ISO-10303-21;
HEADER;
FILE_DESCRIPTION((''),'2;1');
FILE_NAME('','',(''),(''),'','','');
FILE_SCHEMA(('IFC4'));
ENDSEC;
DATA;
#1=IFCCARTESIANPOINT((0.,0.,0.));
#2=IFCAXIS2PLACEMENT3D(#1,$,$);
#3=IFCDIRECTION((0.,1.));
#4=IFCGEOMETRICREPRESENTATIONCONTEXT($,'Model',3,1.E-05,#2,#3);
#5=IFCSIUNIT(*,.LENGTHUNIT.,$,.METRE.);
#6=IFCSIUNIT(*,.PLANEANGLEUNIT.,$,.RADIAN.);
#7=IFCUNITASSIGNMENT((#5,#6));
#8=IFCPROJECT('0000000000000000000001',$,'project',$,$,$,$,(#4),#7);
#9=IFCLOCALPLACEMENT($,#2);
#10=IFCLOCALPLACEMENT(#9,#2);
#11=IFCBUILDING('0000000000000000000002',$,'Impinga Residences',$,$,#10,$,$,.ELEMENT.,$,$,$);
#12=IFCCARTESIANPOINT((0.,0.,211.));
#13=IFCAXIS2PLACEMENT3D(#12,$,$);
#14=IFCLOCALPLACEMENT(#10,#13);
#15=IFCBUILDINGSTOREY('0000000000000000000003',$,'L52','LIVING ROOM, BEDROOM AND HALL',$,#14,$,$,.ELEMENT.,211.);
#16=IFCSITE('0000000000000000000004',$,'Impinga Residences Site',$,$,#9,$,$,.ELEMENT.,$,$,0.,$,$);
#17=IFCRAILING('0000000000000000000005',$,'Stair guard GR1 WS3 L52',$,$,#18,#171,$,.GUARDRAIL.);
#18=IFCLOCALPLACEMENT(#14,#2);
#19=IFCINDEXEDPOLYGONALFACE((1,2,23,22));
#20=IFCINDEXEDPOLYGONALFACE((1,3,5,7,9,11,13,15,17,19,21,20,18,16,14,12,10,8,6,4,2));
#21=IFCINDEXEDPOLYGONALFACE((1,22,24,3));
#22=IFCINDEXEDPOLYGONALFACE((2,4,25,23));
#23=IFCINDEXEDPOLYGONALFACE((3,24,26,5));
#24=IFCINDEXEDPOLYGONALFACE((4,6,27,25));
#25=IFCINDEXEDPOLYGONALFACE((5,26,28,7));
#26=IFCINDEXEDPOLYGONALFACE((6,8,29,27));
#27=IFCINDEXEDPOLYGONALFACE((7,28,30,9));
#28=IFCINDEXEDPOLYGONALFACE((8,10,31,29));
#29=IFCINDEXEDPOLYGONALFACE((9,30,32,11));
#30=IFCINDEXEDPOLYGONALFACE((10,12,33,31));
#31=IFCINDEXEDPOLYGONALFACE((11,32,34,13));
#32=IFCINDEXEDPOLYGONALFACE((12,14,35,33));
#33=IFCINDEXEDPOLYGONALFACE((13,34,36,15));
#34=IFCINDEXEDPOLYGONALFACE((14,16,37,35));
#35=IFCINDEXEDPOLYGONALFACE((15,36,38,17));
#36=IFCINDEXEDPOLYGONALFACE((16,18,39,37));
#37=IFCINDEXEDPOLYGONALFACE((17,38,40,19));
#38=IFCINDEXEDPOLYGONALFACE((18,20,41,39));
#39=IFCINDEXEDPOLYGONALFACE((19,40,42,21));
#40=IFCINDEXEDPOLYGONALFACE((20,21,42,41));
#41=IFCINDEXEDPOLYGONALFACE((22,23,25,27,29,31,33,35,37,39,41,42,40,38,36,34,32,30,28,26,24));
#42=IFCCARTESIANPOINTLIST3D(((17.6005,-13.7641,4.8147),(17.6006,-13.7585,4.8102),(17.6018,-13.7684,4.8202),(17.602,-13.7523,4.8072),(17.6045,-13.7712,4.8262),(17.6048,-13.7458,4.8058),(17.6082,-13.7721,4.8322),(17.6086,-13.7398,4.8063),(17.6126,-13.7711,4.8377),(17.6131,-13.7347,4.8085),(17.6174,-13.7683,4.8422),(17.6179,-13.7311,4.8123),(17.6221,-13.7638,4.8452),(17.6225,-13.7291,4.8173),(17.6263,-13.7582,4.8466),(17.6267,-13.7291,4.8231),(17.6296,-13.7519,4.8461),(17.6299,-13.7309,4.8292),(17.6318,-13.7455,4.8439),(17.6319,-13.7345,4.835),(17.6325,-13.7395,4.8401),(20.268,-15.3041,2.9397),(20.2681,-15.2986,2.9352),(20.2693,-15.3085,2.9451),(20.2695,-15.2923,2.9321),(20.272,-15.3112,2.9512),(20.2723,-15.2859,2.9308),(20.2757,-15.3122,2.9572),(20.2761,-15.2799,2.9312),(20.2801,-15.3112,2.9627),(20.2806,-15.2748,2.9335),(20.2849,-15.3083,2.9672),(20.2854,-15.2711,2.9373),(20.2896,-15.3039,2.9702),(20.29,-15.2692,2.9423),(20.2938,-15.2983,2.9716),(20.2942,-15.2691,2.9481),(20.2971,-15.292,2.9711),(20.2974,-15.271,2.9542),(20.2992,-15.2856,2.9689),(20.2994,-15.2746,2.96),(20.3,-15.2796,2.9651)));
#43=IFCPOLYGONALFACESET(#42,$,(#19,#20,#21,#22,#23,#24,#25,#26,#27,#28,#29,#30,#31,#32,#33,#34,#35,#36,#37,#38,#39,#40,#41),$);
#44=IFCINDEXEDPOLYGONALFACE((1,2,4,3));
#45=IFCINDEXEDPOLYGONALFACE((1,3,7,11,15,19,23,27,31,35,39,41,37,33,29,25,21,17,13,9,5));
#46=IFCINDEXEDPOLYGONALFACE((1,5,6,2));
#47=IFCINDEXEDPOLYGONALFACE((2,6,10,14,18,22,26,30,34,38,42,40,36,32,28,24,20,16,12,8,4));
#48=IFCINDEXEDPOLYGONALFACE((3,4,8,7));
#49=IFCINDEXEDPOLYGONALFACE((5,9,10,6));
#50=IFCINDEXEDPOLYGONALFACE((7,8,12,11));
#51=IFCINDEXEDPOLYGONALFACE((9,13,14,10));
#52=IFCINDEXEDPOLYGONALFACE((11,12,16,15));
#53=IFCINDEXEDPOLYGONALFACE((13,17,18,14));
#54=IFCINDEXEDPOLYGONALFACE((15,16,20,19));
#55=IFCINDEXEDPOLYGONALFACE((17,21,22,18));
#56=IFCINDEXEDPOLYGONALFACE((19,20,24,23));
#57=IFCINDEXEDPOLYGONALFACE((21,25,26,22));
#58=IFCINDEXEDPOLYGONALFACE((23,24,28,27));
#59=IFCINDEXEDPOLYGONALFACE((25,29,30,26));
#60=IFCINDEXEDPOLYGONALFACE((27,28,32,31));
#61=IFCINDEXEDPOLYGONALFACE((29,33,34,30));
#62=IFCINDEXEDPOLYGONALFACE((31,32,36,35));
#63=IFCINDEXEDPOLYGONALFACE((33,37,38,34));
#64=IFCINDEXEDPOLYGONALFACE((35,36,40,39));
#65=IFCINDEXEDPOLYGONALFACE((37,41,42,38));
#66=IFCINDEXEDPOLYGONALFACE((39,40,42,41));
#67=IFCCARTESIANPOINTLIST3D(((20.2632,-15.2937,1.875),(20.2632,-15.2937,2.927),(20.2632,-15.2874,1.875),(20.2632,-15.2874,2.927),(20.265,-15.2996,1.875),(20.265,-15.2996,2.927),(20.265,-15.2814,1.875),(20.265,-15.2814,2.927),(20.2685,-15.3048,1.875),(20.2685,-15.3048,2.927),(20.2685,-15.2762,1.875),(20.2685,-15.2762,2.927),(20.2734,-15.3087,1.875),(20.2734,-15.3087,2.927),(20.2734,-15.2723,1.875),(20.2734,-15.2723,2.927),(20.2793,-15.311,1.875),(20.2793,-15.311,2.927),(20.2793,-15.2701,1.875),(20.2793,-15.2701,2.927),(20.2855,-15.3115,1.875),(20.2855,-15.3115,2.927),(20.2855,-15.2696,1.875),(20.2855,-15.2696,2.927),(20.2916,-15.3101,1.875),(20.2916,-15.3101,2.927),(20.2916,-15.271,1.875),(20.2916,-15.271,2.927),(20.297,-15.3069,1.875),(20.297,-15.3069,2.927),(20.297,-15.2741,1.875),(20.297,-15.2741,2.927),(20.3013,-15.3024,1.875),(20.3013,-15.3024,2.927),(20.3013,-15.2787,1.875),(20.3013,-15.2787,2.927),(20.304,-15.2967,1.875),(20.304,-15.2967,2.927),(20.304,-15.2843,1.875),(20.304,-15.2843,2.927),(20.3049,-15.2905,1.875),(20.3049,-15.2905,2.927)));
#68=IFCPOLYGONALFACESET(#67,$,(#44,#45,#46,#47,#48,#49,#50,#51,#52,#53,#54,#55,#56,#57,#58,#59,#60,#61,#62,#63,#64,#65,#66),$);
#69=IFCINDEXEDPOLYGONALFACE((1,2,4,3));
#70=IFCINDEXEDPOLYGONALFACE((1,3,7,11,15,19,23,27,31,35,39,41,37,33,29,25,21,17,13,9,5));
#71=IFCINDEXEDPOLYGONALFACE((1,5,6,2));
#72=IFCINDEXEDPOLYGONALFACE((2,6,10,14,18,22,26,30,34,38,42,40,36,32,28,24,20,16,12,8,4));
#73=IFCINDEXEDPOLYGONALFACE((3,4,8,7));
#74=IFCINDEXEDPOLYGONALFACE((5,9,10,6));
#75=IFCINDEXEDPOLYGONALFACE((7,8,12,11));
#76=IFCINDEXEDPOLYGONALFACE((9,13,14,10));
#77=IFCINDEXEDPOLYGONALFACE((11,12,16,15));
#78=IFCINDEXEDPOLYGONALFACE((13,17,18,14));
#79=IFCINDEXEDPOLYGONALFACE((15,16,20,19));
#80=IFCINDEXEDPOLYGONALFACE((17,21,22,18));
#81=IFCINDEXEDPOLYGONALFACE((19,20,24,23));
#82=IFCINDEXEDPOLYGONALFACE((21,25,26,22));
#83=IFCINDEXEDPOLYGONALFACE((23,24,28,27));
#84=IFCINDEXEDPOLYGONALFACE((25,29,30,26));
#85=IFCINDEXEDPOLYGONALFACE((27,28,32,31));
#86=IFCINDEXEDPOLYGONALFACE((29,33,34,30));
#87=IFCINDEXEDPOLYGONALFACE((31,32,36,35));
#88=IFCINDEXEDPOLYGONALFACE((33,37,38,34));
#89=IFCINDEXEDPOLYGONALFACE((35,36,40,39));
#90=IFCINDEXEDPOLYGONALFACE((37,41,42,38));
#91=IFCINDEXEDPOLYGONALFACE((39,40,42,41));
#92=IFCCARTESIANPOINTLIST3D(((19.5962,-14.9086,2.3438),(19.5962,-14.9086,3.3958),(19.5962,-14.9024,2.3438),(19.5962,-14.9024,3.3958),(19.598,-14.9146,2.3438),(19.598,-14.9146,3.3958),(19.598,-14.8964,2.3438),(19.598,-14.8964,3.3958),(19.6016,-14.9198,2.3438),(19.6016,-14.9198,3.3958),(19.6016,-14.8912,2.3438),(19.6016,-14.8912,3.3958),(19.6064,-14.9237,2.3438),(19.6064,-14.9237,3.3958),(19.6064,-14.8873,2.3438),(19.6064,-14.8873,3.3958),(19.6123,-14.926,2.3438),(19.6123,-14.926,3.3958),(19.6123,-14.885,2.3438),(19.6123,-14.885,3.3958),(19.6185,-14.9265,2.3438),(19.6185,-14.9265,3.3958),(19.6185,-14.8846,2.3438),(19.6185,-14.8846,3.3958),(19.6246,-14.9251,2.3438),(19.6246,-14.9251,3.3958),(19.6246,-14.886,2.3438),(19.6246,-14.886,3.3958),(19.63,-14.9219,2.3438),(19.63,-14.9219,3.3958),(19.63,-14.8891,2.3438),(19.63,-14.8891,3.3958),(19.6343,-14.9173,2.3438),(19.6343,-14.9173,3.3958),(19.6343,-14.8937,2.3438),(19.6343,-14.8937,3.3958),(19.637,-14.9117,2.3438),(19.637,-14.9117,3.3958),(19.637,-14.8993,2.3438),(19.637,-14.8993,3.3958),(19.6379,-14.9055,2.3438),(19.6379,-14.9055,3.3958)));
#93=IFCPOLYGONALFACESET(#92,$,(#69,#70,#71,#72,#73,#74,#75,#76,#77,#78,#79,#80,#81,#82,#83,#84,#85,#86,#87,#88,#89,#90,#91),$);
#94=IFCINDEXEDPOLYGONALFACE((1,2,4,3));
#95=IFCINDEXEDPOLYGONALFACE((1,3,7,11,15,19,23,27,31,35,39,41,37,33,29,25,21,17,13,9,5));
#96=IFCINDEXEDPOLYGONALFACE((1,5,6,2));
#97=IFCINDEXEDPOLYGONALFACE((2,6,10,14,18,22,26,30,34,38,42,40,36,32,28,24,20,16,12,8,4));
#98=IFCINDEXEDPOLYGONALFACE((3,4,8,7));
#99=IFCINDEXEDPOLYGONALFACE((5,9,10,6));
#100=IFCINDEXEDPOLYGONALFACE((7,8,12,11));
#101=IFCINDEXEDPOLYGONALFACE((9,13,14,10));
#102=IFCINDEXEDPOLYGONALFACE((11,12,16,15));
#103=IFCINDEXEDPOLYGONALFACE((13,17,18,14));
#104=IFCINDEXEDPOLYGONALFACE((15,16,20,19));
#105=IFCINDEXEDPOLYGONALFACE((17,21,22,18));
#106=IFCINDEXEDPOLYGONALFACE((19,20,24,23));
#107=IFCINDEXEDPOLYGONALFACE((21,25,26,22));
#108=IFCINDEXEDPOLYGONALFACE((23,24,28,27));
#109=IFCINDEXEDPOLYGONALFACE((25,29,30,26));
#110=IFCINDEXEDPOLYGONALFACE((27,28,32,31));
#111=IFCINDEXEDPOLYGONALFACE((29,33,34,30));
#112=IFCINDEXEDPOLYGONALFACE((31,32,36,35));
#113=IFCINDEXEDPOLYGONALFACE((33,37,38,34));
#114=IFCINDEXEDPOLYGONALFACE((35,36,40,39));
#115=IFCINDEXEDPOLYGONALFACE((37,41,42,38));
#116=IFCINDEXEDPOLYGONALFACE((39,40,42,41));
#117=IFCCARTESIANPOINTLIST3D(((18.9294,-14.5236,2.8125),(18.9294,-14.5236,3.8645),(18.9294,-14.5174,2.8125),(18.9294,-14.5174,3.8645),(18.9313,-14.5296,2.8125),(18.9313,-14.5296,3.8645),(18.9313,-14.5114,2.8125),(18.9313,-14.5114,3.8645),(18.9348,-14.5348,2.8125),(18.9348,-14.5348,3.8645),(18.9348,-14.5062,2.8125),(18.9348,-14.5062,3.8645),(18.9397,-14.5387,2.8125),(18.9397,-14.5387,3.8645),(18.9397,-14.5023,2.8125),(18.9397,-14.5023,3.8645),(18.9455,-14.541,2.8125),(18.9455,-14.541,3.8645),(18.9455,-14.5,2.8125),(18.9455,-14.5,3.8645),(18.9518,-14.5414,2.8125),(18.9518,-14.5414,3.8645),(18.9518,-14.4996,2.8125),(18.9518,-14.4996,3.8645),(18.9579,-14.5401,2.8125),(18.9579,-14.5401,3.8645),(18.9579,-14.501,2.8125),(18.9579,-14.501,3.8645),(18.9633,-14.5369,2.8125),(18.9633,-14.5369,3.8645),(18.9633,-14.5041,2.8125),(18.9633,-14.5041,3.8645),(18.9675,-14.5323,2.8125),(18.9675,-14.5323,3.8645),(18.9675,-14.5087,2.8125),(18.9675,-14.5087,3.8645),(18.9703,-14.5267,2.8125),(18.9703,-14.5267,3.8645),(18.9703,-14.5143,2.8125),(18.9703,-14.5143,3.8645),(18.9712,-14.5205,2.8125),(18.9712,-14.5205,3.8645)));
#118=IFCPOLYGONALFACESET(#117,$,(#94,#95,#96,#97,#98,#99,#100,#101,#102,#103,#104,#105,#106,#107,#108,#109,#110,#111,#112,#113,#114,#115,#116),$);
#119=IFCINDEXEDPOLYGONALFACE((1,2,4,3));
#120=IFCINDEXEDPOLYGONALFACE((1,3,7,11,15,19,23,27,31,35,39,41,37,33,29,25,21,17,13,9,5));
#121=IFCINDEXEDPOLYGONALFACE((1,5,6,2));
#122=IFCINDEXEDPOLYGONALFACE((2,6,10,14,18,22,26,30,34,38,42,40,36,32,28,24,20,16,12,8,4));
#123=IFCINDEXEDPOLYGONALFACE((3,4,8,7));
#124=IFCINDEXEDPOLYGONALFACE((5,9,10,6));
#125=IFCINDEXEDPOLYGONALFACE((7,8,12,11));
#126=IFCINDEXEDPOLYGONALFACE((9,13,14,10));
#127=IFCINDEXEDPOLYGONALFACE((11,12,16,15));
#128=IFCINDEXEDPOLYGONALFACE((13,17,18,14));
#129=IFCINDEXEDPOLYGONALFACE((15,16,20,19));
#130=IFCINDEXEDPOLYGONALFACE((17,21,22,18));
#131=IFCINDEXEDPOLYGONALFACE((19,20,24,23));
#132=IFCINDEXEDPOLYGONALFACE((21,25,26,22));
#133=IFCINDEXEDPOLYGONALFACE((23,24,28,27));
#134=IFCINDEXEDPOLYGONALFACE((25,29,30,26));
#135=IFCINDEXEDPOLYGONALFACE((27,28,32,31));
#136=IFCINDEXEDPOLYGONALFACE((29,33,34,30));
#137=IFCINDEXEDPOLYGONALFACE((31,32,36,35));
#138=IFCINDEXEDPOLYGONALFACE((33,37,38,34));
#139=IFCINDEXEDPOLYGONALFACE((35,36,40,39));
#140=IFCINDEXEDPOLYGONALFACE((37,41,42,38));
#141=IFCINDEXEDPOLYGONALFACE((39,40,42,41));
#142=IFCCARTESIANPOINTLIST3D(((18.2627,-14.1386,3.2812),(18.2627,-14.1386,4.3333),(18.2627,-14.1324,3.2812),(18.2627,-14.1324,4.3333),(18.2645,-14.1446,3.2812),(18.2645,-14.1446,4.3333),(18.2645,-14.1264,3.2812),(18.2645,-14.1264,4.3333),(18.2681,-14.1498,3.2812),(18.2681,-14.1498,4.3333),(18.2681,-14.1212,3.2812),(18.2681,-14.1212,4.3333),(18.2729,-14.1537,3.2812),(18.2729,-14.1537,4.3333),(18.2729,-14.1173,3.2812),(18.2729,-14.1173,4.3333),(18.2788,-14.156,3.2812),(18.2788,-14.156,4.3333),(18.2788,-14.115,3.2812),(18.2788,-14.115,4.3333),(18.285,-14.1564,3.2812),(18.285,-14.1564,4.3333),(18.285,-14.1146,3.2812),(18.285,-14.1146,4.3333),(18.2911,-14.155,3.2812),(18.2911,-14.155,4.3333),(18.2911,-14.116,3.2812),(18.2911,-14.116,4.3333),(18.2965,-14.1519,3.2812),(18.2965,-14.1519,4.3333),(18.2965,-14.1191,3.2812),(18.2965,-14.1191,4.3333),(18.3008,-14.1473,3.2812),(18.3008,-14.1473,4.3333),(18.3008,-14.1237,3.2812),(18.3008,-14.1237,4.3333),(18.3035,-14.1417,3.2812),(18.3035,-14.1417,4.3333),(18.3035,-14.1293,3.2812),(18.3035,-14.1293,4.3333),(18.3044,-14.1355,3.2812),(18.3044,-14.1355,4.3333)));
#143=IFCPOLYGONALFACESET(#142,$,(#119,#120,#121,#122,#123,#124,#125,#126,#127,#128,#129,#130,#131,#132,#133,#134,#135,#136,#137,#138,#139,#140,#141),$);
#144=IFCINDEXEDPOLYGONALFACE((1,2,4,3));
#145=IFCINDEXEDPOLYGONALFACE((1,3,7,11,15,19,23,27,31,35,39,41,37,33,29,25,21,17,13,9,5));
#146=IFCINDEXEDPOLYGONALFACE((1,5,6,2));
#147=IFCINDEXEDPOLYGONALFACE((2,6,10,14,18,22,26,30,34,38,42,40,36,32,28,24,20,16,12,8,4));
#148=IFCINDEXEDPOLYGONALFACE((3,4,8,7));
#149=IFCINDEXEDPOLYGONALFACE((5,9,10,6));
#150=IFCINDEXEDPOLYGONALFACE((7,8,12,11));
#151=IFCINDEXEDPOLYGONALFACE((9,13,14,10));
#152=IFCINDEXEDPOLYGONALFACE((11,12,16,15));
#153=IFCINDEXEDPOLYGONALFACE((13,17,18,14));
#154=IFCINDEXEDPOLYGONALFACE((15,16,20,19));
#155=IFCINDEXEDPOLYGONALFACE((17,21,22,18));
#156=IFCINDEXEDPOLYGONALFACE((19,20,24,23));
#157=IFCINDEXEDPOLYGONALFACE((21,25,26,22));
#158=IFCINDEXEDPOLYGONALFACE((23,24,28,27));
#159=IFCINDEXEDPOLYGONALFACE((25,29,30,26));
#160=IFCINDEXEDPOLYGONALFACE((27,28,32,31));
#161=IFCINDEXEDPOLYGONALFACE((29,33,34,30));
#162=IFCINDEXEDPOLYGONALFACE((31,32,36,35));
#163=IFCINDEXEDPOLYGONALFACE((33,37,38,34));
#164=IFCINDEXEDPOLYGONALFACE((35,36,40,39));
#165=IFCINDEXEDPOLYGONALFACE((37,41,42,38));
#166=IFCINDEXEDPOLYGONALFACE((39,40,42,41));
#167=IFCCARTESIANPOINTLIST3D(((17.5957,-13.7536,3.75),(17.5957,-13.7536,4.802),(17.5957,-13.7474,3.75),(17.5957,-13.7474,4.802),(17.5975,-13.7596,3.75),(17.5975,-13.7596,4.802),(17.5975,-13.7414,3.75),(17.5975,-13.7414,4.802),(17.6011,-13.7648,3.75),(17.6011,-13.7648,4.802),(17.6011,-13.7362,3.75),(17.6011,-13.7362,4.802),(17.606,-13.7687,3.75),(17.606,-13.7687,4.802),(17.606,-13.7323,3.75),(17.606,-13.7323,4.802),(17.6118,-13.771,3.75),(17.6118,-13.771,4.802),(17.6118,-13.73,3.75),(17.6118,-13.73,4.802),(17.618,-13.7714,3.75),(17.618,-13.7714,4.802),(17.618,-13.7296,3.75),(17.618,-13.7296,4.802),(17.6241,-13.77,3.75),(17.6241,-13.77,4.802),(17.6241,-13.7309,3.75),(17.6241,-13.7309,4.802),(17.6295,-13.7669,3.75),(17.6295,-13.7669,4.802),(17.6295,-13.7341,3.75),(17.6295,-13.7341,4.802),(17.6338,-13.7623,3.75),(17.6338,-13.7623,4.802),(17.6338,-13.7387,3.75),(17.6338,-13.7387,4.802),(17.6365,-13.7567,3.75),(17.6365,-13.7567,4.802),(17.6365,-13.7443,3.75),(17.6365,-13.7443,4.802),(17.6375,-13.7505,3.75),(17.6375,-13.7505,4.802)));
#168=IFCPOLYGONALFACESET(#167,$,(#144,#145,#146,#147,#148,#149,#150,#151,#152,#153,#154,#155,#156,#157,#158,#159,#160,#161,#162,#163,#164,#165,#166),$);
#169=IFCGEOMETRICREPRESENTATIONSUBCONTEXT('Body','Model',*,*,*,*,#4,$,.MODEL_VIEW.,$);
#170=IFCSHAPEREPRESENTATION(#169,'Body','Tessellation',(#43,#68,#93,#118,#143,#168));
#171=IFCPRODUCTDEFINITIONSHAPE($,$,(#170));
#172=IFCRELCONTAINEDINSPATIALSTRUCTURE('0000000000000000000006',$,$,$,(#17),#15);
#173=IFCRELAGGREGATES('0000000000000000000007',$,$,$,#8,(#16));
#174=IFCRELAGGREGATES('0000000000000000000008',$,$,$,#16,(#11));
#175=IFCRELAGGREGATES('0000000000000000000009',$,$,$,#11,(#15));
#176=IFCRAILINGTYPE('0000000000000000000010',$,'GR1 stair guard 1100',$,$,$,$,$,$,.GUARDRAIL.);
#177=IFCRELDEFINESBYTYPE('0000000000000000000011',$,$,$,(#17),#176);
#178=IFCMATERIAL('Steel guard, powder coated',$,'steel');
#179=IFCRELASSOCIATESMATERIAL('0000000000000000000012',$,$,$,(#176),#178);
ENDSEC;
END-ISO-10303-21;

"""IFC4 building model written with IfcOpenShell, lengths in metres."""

from ifc_helpers import new_model, si_unit, direction, frame, origin, origin_2d, place, context, subcontext, project, spatial, circle, extrude, material, type_object, element, save


model = new_model("IFC4")

# Units and contexts
model_context = context("Model", 3, precision=1e-05, world=origin(), true_north=direction((0.0, 1.0)))
body_context = subcontext(model_context, "Body", "Model", "MODEL_VIEW")
ifc_project = project(units=[si_unit("LENGTHUNIT", "METRE"), si_unit("PLANEANGLEUNIT", "RADIAN")], contexts=[model_context])

# Site, building, storey
site_placement = place(None, origin())
site = spatial("IfcSite", under=ifc_project, at=site_placement, Name="Impinga Residences Site", CompositionType="ELEMENT", RefElevation=0.0)
building_placement = place(site_placement, origin())
building = spatial("IfcBuilding", under=site, at=building_placement, Name="Impinga Residences", CompositionType="ELEMENT")
storey_placement = place(building_placement, frame((0.0, 0.0, 211.0)))
storey = spatial("IfcBuildingStorey", under=building, at=storey_placement, Name="L52", Description="LIVING ROOM, BEDROOM AND HALL", CompositionType="ELEMENT", Elevation=211.0)

# Railing
ifc_material_1 = material(Name="Steel guard, powder coated", Category="steel")
railing_type_1 = type_object("IfcRailingType", Name="GR1 stair guard 1100", PredefinedType="GUARDRAIL", material=ifc_material_1)
railing_1_placement = place(storey_placement, frame((20.2839, -15.2905, 1.875)))
element("IfcRailing", 1, at=railing_1_placement, inside=storey, type_object=railing_type_1, Name="Stair guard GR1 WS3 L52", PredefinedType="GUARDRAIL", context=body_context, shape_type="SweptSolid", body=[
    extrude(circle(Radius=0.0239, at=origin_2d()), frame((0.0, 0.0, 1.0762), z_axis=(-0.739746, 0.427084, 0.519975), x_axis=(-0.499992, -0.86603, 0.0)), (0.0, 0.0, 1.0), 3.606),
    extrude(circle(Radius=0.021, at=origin_2d()), origin(), (0.0, 0.0, 1.0), 1.052),
    extrude(circle(Radius=0.021, at=origin_2d()), frame((-0.667, 0.385, 0.4688)), (0.0, 0.0, 1.0), 1.052),
    extrude(circle(Radius=0.021, at=origin_2d()), frame((-1.3337, 0.77, 0.9375)), (0.0, 0.0, 1.0), 1.052),
    extrude(circle(Radius=0.021, at=origin_2d()), frame((-2.0005, 1.155, 1.4062)), (0.0, 0.0, 1.0), 1.052),
    extrude(circle(Radius=0.021, at=origin_2d()), frame((-2.6675, 1.54, 1.875)), (0.0, 0.0, 1.0), 1.052),
])

save(model, "model.ifc")
